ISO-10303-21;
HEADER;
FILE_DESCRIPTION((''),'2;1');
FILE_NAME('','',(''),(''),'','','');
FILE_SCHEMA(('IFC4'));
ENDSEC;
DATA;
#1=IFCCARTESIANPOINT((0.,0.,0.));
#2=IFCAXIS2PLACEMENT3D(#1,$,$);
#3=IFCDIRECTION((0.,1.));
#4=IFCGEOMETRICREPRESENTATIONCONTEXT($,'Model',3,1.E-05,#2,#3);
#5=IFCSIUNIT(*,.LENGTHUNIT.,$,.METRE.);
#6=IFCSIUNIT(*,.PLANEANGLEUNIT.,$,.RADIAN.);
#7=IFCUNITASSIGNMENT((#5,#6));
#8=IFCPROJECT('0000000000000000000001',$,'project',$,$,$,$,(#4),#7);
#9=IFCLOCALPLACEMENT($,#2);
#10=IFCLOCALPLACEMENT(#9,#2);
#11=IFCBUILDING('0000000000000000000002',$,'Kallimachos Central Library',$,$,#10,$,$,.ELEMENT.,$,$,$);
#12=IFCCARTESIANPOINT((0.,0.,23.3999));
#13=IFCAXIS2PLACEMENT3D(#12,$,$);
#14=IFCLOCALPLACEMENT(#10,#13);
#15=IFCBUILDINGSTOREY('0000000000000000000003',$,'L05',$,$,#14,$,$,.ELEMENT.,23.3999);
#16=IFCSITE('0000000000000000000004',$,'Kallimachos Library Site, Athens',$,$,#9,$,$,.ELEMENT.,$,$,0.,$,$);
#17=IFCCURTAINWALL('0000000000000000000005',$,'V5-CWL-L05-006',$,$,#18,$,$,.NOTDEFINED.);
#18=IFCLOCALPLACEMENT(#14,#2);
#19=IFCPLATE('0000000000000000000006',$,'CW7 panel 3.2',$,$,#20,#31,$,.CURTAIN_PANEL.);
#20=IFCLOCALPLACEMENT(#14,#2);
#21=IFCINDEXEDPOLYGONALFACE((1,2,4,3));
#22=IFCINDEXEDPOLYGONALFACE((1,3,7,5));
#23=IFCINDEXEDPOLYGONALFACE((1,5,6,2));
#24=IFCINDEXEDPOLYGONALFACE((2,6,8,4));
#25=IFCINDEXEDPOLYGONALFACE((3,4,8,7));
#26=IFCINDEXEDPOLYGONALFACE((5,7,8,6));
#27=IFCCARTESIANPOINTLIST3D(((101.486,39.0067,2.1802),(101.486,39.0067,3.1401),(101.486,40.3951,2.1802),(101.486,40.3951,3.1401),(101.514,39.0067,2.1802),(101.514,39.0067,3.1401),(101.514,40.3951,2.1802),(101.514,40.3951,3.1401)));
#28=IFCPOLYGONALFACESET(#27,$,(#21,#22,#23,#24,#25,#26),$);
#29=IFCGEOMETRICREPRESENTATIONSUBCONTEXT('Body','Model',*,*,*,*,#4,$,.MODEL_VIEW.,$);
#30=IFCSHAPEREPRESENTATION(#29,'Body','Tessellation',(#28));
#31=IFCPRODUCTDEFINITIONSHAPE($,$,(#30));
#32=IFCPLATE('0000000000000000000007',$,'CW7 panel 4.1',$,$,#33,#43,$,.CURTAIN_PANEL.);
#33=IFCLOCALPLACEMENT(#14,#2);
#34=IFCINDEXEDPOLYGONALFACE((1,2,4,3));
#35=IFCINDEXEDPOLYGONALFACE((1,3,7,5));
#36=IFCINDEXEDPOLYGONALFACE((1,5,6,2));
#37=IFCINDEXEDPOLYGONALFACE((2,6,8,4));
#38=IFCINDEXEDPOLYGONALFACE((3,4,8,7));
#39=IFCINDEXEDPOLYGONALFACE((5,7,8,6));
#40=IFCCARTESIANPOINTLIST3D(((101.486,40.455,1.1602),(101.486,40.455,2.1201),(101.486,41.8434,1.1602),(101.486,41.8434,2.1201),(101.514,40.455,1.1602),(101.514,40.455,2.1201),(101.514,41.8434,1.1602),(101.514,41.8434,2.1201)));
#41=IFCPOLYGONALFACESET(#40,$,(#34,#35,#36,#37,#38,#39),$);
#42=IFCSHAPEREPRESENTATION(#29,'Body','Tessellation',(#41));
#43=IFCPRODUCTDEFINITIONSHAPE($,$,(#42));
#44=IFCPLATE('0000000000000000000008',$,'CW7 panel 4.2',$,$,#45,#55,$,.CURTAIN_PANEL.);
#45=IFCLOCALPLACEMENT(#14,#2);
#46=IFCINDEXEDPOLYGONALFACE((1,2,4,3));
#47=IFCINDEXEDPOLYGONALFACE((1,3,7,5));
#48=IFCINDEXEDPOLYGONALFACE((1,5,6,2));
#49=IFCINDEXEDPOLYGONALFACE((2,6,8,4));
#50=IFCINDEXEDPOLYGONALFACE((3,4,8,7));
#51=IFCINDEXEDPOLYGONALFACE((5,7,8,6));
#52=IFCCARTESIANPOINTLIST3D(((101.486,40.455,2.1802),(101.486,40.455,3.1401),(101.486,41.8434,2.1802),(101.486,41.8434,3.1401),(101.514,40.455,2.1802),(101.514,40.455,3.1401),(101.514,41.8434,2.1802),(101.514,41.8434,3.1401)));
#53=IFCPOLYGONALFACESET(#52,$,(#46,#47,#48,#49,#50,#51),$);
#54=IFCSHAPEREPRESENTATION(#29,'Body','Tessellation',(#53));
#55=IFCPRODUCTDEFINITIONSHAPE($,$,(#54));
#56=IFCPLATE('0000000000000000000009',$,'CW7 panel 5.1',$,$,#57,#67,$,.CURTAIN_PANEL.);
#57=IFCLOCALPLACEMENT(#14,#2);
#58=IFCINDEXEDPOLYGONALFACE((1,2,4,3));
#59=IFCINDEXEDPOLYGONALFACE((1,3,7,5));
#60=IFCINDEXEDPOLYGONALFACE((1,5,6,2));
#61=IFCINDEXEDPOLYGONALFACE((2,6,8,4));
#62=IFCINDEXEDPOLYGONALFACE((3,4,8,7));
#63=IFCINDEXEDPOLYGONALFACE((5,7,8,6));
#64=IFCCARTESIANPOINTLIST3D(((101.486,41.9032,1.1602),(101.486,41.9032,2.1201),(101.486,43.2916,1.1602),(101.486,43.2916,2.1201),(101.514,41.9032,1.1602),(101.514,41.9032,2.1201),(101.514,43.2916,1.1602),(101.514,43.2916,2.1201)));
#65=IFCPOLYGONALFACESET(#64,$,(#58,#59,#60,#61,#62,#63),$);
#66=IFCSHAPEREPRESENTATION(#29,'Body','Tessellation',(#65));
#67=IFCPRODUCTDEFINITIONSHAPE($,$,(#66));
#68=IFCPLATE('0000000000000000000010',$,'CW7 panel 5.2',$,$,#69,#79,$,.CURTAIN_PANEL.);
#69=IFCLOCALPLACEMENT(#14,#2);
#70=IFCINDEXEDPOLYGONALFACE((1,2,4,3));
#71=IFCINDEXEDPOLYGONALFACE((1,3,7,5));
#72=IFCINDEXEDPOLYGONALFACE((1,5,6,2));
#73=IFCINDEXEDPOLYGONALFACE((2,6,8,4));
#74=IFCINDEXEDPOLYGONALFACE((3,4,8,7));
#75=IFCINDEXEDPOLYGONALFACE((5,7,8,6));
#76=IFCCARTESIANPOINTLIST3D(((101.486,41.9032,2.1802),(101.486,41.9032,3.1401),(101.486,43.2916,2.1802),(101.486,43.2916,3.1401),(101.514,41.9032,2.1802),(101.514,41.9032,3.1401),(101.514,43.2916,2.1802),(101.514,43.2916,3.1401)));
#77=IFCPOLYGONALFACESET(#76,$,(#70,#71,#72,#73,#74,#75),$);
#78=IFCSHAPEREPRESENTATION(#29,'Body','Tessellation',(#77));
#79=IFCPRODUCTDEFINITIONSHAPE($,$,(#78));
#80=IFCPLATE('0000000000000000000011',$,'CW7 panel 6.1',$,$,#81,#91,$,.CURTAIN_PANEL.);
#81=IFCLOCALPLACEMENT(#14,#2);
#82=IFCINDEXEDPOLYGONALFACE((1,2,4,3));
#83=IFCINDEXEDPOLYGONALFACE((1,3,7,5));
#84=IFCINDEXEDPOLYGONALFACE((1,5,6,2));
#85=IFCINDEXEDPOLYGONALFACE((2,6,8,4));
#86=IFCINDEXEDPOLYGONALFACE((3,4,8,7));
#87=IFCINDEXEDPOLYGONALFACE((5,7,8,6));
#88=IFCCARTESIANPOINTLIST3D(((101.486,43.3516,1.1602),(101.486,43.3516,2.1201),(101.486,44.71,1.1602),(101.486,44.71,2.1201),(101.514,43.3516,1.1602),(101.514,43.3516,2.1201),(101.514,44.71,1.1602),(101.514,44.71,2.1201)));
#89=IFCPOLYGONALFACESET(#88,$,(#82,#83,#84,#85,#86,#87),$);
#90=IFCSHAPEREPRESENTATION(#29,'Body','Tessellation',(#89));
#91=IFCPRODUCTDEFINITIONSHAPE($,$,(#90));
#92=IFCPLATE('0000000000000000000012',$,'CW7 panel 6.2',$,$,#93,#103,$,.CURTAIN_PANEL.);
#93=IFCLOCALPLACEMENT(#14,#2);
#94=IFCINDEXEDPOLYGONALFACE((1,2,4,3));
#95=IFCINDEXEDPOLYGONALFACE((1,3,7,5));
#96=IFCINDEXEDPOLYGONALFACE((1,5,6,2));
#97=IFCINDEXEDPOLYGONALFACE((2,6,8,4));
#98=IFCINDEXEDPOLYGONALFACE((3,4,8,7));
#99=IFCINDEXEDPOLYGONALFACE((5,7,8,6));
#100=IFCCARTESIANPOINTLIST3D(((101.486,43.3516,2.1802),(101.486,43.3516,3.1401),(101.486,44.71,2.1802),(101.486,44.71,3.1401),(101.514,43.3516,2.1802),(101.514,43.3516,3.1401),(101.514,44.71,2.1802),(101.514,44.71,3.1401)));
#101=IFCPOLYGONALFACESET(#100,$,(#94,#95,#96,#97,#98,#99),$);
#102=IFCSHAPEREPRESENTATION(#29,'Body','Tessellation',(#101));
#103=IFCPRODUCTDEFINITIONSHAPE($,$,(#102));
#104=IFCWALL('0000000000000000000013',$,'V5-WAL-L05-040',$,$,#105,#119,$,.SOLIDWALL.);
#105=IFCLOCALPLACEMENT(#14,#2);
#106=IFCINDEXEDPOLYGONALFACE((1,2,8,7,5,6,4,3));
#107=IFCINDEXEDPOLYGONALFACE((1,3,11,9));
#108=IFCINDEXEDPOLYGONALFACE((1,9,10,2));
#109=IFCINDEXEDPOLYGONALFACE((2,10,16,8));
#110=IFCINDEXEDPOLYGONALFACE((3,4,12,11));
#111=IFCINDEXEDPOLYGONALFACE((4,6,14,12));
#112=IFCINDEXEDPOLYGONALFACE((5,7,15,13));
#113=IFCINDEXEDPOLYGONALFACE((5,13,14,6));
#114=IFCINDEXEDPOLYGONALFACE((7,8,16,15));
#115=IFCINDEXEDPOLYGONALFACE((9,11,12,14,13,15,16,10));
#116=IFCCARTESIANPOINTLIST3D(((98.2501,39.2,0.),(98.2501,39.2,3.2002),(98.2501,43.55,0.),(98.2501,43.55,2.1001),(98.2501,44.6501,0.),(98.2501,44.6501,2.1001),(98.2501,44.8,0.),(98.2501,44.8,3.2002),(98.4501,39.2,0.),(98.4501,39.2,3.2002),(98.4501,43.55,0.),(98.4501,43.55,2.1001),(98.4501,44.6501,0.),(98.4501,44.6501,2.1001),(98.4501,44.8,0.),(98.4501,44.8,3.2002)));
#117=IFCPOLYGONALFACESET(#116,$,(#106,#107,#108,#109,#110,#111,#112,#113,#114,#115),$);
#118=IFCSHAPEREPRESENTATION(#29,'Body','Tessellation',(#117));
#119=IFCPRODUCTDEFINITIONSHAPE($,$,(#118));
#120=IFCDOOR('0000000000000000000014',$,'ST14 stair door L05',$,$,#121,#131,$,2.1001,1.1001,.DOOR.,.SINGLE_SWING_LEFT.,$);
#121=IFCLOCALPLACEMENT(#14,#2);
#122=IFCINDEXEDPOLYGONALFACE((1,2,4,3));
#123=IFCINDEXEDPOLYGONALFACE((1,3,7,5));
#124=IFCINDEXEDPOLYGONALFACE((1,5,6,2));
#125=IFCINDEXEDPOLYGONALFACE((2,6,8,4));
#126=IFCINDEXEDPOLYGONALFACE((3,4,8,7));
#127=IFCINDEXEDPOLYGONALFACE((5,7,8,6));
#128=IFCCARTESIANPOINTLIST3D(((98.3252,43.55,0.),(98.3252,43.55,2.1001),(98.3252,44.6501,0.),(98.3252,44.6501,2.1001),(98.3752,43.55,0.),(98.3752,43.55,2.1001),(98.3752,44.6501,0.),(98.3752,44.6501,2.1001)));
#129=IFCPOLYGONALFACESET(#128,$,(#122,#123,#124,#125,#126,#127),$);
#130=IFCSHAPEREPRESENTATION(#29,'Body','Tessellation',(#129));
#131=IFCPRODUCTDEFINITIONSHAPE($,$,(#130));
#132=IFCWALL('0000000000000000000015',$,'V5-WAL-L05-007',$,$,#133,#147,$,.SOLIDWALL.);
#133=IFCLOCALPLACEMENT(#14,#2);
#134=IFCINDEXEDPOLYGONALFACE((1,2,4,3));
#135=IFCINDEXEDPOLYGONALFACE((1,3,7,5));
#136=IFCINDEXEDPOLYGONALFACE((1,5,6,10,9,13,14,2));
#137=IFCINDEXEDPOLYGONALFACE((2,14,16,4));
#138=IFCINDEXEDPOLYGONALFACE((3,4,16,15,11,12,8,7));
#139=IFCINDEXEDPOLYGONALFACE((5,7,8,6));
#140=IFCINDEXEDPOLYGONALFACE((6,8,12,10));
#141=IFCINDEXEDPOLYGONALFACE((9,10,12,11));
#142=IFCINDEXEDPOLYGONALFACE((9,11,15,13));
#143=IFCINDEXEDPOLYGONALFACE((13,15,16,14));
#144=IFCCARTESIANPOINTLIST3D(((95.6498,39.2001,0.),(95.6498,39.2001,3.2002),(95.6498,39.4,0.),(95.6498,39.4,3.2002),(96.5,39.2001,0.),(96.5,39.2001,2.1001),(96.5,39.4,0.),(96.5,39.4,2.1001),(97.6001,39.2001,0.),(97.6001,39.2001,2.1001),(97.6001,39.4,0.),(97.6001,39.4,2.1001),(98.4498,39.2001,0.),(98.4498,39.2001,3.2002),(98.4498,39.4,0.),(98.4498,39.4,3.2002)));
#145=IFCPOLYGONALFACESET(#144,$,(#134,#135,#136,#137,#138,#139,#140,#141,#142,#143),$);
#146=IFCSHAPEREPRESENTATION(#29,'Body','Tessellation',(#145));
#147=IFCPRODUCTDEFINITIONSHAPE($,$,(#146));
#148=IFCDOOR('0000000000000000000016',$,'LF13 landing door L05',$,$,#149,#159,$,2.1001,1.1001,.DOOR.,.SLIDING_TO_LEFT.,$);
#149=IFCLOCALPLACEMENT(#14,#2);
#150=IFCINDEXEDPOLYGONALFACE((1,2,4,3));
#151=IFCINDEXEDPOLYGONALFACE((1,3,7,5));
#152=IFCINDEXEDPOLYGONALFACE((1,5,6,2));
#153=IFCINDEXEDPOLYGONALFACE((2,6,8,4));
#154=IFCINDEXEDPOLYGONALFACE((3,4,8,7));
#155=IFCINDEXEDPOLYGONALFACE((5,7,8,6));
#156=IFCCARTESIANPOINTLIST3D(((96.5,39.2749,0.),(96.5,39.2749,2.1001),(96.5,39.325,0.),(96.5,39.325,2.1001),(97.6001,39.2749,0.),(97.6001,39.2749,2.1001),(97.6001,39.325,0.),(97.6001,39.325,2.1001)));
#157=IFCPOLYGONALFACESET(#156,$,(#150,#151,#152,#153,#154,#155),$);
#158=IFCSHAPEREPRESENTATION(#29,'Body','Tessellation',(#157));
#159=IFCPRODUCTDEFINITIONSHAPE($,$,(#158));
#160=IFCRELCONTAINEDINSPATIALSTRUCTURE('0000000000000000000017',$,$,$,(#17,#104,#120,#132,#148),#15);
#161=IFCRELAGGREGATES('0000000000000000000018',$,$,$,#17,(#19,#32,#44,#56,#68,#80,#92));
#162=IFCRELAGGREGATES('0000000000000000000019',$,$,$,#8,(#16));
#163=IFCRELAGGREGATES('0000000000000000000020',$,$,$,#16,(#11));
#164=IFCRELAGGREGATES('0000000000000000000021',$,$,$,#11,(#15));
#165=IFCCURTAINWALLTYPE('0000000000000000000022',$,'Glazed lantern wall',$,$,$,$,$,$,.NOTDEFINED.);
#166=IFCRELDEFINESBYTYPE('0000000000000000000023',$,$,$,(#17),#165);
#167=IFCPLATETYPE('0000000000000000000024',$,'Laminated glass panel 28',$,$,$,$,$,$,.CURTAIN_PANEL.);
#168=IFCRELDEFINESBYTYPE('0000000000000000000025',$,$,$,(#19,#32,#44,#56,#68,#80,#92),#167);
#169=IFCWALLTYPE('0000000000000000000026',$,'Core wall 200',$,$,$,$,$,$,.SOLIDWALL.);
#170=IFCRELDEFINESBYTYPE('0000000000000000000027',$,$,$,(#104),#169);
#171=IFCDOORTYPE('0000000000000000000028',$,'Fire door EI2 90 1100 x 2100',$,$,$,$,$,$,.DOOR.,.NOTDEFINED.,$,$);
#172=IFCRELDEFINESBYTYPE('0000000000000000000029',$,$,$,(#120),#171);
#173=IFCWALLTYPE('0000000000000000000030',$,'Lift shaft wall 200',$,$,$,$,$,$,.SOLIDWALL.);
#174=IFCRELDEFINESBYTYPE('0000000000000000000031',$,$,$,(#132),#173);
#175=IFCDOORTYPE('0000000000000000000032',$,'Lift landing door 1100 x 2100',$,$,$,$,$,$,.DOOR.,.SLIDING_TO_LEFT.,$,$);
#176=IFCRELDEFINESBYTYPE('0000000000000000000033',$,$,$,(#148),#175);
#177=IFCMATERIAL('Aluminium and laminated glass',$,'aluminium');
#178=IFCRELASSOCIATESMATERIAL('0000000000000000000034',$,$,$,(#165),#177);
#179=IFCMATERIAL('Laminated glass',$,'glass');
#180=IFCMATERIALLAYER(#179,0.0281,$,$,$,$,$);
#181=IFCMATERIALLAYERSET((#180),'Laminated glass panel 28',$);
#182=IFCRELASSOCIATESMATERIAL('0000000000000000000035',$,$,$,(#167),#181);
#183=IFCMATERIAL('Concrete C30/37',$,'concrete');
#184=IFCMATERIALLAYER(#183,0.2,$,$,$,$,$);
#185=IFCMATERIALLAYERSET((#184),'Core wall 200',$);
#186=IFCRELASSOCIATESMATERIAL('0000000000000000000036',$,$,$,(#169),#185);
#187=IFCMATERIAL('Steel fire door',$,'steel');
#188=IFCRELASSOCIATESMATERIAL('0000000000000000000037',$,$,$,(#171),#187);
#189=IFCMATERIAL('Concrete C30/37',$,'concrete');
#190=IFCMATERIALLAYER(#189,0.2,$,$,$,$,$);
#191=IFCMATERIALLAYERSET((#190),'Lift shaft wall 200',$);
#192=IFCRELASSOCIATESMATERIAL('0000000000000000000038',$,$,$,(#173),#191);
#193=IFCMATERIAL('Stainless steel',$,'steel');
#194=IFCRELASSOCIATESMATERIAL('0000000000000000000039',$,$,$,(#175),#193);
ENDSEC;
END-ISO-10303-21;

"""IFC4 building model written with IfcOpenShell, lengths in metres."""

from ifc_helpers import new_model, si_unit, direction, frame, frame_2d, origin, origin_2d, place, context, subcontext, project, spatial, rectangle, extrude, material, layer, layer_set, type_object, element, fill, aggregate, save


model = new_model("IFC4")

# Units and contexts
model_context = context("Model", 3, precision=1e-05, world=origin(), true_north=direction((0.0, 1.0)))
body_context = subcontext(model_context, "Body", "Model", "MODEL_VIEW")
ifc_project = project(units=[si_unit("LENGTHUNIT", "METRE"), si_unit("PLANEANGLEUNIT", "RADIAN")], contexts=[model_context])

# Site, building, storey
site_placement = place(None, origin())
site = spatial("IfcSite", under=ifc_project, at=site_placement, Name="Kallimachos Library Site, Athens", CompositionType="ELEMENT", RefElevation=0.0)
building_placement = place(site_placement, origin())
building = spatial("IfcBuilding", under=site, at=building_placement, Name="Kallimachos Central Library", CompositionType="ELEMENT")
storey_placement = place(building_placement, frame((0.0, 0.0, 23.3999)))
storey = spatial("IfcBuildingStorey", under=building, at=storey_placement, Name="L05", CompositionType="ELEMENT", Elevation=23.3999)

# Curtain wall
ifc_material_1 = material(Name="Aluminium and laminated glass", Category="aluminium")
curtain_wall_type = type_object("IfcCurtainWallType", Name="Glazed lantern wall", PredefinedType="NOTDEFINED", material=ifc_material_1)
curtain_wall_1_placement = place(storey_placement, origin())
curtain_wall_1 = element("IfcCurtainWall", 1, at=curtain_wall_1_placement, inside=storey, type_object=curtain_wall_type, Name="V5-CWL-L05-006", PredefinedType="NOTDEFINED")

# Plates
ifc_material_2 = material(Name="Laminated glass", Category="glass")
ifc_layer_1 = layer(ifc_material_2, 0.0281)
ifc_layer_set_1 = layer_set([ifc_layer_1], Name="Laminated glass panel 28")
plate_type = type_object("IfcPlateType", Name="Laminated glass panel 28", PredefinedType="CURTAIN_PANEL", material=ifc_layer_set_1)
plate_1_placement = place(storey_placement, frame((101.5, 39.7009, 2.1802), z_axis=(0.0, 0.0, 1.0), x_axis=(0.0, 1.0, 0.0)))
plate_1 = element("IfcPlate", 2, at=plate_1_placement, type_object=plate_type, Name="CW7 panel 3.2", PredefinedType="CURTAIN_PANEL", context=body_context, shape_type="SweptSolid", body=[
    extrude(rectangle(XDim=1.3884, YDim=0.0281, at=origin_2d()), origin(), (0.0, 0.0, 1.0), 0.96),
])
plate_2_placement = place(storey_placement, frame((101.5, 41.1492, 1.1602), z_axis=(0.0, 0.0, 1.0), x_axis=(0.0, 1.0, 0.0)))
plate_2 = element("IfcPlate", 3, at=plate_2_placement, type_object=plate_type, Name="CW7 panel 4.1", PredefinedType="CURTAIN_PANEL", context=body_context, shape_type="SweptSolid", body=[
    extrude(rectangle(XDim=1.3884, YDim=0.0281, at=origin_2d()), origin(), (0.0, 0.0, 1.0), 0.96),
])
plate_3_placement = place(storey_placement, frame((101.5, 41.1492, 2.1802), z_axis=(0.0, 0.0, 1.0), x_axis=(0.0, 1.0, 0.0)))
plate_3 = element("IfcPlate", 4, at=plate_3_placement, type_object=plate_type, Name="CW7 panel 4.2", PredefinedType="CURTAIN_PANEL", context=body_context, shape_type="SweptSolid", body=[
    extrude(rectangle(XDim=1.3884, YDim=0.0281, at=origin_2d()), origin(), (0.0, 0.0, 1.0), 0.96),
])
plate_4_placement = place(storey_placement, frame((101.5, 42.5974, 1.1602), z_axis=(0.0, 0.0, 1.0), x_axis=(0.0, 1.0, 0.0)))
plate_4 = element("IfcPlate", 5, at=plate_4_placement, type_object=plate_type, Name="CW7 panel 5.1", PredefinedType="CURTAIN_PANEL", context=body_context, shape_type="SweptSolid", body=[
    extrude(rectangle(XDim=1.3884, YDim=0.0281, at=origin_2d()), origin(), (0.0, 0.0, 1.0), 0.96),
])
plate_5_placement = place(storey_placement, frame((101.5, 42.5974, 2.1802), z_axis=(0.0, 0.0, 1.0), x_axis=(0.0, 1.0, 0.0)))
plate_5 = element("IfcPlate", 6, at=plate_5_placement, type_object=plate_type, Name="CW7 panel 5.2", PredefinedType="CURTAIN_PANEL", context=body_context, shape_type="SweptSolid", body=[
    extrude(rectangle(XDim=1.3884, YDim=0.0281, at=origin_2d()), origin(), (0.0, 0.0, 1.0), 0.96),
])
plate_6_placement = place(storey_placement, frame((101.5, 44.0308, 1.1602), z_axis=(0.0, 0.0, 1.0), x_axis=(0.0, 1.0, 0.0)))
plate_6 = element("IfcPlate", 7, at=plate_6_placement, type_object=plate_type, Name="CW7 panel 6.1", PredefinedType="CURTAIN_PANEL", context=body_context, shape_type="SweptSolid", body=[
    extrude(rectangle(XDim=1.3584, YDim=0.0281, at=origin_2d()), origin(), (0.0, 0.0, 1.0), 0.96),
])
plate_7_placement = place(storey_placement, frame((101.5, 44.0308, 2.1802), z_axis=(0.0, 0.0, 1.0), x_axis=(0.0, 1.0, 0.0)))
plate_7 = element("IfcPlate", 8, at=plate_7_placement, type_object=plate_type, Name="CW7 panel 6.2", PredefinedType="CURTAIN_PANEL", context=body_context, shape_type="SweptSolid", body=[
    extrude(rectangle(XDim=1.3584, YDim=0.0281, at=origin_2d()), origin(), (0.0, 0.0, 1.0), 0.96),
])
aggregate(curtain_wall_1, [plate_1, plate_2, plate_3, plate_4, plate_5, plate_6, plate_7])

# Walls, openings, doors
ifc_material_3 = material(Name="Concrete C30/37", Category="concrete")
ifc_layer_2 = layer(ifc_material_3, 0.2)
ifc_layer_set_2 = layer_set([ifc_layer_2], Name="Core wall 200")
wall_type_1 = type_object("IfcWallType", Name="Core wall 200", PredefinedType="SOLIDWALL", material=ifc_layer_set_2)
wall_1_placement = place(storey_placement, frame((98.3501, 39.2, 0.0), z_axis=(0.0, 0.0, 1.0), x_axis=(0.0, 1.0, 0.0)))
wall_1 = element("IfcWall", 9, at=wall_1_placement, inside=storey, type_object=wall_type_1, Name="V5-WAL-L05-040", PredefinedType="SOLIDWALL", context=body_context, shape_type="SweptSolid", body=[
    extrude(rectangle(XDim=5.6001, YDim=0.2, at=frame_2d((2.8, 0.0))), origin(), (0.0, 0.0, 1.0), 3.2002),
])
opening_1_placement = place(wall_1_placement, frame((4.3501, 0.0, 0.0)))
opening_1 = element("IfcOpeningElement", 10, at=opening_1_placement, cuts=wall_1, PredefinedType="OPENING", context=body_context, shape_type="SweptSolid", body=[
    extrude(rectangle(XDim=1.1001, YDim=2.1001, at=frame_2d((0.55, 1.05))), frame((0.0, 0.1099, 0.0), z_axis=(0.0, -1.0, 0.0), x_axis=(1.0, 0.0, 0.0)), (0.0, 0.0, 1.0), 0.22),
])
ifc_material_4 = material(Name="Steel fire door", Category="steel")
door_type_1 = type_object("IfcDoorType", Name="Fire door EI2 90 1100 x 2100", OperationType="NOTDEFINED", PredefinedType="DOOR", material=ifc_material_4)
door_1_placement = place(opening_1_placement, origin())
door_1 = element("IfcDoor", 11, at=door_1_placement, inside=storey, type_object=door_type_1, Name="ST14 stair door L05", OperationType="SINGLE_SWING_LEFT", OverallHeight=2.1001, OverallWidth=1.1001, PredefinedType="DOOR", context=body_context, shape_type="SweptSolid", body=[
    extrude(rectangle(XDim=1.1001, YDim=2.1001, at=frame_2d((0.55, 1.05))), frame((0.0, 0.0249, 0.0), z_axis=(0.0, -1.0, 0.0), x_axis=(1.0, 0.0, 0.0)), (0.0, 0.0, 1.0), 0.05),
])
fill(opening_1, door_1)
ifc_material_5 = material(Name="Concrete C30/37", Category="concrete")
ifc_layer_3 = layer(ifc_material_5, 0.2)
ifc_layer_set_3 = layer_set([ifc_layer_3], Name="Lift shaft wall 200")
wall_type_2 = type_object("IfcWallType", Name="Lift shaft wall 200", PredefinedType="SOLIDWALL", material=ifc_layer_set_3)
wall_2_placement = place(storey_placement, frame((95.6499, 39.3, 0.0), z_axis=(0.0, 0.0, 1.0), x_axis=(1.0, 0.0, 0.0)))
wall_2 = element("IfcWall", 12, at=wall_2_placement, inside=storey, type_object=wall_type_2, Name="V5-WAL-L05-007", PredefinedType="SOLIDWALL", context=body_context, shape_type="SweptSolid", body=[
    extrude(rectangle(XDim=2.8, YDim=0.2, at=frame_2d((1.3999, 0.0))), origin(), (0.0, 0.0, 1.0), 3.2002),
])
opening_2_placement = place(wall_2_placement, frame((0.8501, 0.0, 0.0)))
opening_2 = element("IfcOpeningElement", 13, at=opening_2_placement, cuts=wall_2, PredefinedType="OPENING", context=body_context, shape_type="SweptSolid", body=[
    extrude(rectangle(XDim=1.1001, YDim=2.1001, at=frame_2d((0.55, 1.05))), frame((0.0, 0.1099, 0.0), z_axis=(0.0, -1.0, 0.0), x_axis=(1.0, 0.0, 0.0)), (0.0, 0.0, 1.0), 0.22),
])
ifc_material_6 = material(Name="Stainless steel", Category="steel")
door_type_2 = type_object("IfcDoorType", Name="Lift landing door 1100 x 2100", OperationType="SLIDING_TO_LEFT", PredefinedType="DOOR", material=ifc_material_6)
door_2_placement = place(opening_2_placement, origin())
door_2 = element("IfcDoor", 14, at=door_2_placement, inside=storey, type_object=door_type_2, Name="LF13 landing door L05", OperationType="SLIDING_TO_LEFT", OverallHeight=2.1001, OverallWidth=1.1001, PredefinedType="DOOR", context=body_context, shape_type="SweptSolid", body=[
    extrude(rectangle(XDim=1.1001, YDim=2.1001, at=frame_2d((0.55, 1.05))), frame((0.0, 0.0249, 0.0), z_axis=(0.0, -1.0, 0.0), x_axis=(1.0, 0.0, 0.0)), (0.0, 0.0, 1.0), 0.05),
])
fill(opening_2, door_2)

save(model, "model.ifc")
